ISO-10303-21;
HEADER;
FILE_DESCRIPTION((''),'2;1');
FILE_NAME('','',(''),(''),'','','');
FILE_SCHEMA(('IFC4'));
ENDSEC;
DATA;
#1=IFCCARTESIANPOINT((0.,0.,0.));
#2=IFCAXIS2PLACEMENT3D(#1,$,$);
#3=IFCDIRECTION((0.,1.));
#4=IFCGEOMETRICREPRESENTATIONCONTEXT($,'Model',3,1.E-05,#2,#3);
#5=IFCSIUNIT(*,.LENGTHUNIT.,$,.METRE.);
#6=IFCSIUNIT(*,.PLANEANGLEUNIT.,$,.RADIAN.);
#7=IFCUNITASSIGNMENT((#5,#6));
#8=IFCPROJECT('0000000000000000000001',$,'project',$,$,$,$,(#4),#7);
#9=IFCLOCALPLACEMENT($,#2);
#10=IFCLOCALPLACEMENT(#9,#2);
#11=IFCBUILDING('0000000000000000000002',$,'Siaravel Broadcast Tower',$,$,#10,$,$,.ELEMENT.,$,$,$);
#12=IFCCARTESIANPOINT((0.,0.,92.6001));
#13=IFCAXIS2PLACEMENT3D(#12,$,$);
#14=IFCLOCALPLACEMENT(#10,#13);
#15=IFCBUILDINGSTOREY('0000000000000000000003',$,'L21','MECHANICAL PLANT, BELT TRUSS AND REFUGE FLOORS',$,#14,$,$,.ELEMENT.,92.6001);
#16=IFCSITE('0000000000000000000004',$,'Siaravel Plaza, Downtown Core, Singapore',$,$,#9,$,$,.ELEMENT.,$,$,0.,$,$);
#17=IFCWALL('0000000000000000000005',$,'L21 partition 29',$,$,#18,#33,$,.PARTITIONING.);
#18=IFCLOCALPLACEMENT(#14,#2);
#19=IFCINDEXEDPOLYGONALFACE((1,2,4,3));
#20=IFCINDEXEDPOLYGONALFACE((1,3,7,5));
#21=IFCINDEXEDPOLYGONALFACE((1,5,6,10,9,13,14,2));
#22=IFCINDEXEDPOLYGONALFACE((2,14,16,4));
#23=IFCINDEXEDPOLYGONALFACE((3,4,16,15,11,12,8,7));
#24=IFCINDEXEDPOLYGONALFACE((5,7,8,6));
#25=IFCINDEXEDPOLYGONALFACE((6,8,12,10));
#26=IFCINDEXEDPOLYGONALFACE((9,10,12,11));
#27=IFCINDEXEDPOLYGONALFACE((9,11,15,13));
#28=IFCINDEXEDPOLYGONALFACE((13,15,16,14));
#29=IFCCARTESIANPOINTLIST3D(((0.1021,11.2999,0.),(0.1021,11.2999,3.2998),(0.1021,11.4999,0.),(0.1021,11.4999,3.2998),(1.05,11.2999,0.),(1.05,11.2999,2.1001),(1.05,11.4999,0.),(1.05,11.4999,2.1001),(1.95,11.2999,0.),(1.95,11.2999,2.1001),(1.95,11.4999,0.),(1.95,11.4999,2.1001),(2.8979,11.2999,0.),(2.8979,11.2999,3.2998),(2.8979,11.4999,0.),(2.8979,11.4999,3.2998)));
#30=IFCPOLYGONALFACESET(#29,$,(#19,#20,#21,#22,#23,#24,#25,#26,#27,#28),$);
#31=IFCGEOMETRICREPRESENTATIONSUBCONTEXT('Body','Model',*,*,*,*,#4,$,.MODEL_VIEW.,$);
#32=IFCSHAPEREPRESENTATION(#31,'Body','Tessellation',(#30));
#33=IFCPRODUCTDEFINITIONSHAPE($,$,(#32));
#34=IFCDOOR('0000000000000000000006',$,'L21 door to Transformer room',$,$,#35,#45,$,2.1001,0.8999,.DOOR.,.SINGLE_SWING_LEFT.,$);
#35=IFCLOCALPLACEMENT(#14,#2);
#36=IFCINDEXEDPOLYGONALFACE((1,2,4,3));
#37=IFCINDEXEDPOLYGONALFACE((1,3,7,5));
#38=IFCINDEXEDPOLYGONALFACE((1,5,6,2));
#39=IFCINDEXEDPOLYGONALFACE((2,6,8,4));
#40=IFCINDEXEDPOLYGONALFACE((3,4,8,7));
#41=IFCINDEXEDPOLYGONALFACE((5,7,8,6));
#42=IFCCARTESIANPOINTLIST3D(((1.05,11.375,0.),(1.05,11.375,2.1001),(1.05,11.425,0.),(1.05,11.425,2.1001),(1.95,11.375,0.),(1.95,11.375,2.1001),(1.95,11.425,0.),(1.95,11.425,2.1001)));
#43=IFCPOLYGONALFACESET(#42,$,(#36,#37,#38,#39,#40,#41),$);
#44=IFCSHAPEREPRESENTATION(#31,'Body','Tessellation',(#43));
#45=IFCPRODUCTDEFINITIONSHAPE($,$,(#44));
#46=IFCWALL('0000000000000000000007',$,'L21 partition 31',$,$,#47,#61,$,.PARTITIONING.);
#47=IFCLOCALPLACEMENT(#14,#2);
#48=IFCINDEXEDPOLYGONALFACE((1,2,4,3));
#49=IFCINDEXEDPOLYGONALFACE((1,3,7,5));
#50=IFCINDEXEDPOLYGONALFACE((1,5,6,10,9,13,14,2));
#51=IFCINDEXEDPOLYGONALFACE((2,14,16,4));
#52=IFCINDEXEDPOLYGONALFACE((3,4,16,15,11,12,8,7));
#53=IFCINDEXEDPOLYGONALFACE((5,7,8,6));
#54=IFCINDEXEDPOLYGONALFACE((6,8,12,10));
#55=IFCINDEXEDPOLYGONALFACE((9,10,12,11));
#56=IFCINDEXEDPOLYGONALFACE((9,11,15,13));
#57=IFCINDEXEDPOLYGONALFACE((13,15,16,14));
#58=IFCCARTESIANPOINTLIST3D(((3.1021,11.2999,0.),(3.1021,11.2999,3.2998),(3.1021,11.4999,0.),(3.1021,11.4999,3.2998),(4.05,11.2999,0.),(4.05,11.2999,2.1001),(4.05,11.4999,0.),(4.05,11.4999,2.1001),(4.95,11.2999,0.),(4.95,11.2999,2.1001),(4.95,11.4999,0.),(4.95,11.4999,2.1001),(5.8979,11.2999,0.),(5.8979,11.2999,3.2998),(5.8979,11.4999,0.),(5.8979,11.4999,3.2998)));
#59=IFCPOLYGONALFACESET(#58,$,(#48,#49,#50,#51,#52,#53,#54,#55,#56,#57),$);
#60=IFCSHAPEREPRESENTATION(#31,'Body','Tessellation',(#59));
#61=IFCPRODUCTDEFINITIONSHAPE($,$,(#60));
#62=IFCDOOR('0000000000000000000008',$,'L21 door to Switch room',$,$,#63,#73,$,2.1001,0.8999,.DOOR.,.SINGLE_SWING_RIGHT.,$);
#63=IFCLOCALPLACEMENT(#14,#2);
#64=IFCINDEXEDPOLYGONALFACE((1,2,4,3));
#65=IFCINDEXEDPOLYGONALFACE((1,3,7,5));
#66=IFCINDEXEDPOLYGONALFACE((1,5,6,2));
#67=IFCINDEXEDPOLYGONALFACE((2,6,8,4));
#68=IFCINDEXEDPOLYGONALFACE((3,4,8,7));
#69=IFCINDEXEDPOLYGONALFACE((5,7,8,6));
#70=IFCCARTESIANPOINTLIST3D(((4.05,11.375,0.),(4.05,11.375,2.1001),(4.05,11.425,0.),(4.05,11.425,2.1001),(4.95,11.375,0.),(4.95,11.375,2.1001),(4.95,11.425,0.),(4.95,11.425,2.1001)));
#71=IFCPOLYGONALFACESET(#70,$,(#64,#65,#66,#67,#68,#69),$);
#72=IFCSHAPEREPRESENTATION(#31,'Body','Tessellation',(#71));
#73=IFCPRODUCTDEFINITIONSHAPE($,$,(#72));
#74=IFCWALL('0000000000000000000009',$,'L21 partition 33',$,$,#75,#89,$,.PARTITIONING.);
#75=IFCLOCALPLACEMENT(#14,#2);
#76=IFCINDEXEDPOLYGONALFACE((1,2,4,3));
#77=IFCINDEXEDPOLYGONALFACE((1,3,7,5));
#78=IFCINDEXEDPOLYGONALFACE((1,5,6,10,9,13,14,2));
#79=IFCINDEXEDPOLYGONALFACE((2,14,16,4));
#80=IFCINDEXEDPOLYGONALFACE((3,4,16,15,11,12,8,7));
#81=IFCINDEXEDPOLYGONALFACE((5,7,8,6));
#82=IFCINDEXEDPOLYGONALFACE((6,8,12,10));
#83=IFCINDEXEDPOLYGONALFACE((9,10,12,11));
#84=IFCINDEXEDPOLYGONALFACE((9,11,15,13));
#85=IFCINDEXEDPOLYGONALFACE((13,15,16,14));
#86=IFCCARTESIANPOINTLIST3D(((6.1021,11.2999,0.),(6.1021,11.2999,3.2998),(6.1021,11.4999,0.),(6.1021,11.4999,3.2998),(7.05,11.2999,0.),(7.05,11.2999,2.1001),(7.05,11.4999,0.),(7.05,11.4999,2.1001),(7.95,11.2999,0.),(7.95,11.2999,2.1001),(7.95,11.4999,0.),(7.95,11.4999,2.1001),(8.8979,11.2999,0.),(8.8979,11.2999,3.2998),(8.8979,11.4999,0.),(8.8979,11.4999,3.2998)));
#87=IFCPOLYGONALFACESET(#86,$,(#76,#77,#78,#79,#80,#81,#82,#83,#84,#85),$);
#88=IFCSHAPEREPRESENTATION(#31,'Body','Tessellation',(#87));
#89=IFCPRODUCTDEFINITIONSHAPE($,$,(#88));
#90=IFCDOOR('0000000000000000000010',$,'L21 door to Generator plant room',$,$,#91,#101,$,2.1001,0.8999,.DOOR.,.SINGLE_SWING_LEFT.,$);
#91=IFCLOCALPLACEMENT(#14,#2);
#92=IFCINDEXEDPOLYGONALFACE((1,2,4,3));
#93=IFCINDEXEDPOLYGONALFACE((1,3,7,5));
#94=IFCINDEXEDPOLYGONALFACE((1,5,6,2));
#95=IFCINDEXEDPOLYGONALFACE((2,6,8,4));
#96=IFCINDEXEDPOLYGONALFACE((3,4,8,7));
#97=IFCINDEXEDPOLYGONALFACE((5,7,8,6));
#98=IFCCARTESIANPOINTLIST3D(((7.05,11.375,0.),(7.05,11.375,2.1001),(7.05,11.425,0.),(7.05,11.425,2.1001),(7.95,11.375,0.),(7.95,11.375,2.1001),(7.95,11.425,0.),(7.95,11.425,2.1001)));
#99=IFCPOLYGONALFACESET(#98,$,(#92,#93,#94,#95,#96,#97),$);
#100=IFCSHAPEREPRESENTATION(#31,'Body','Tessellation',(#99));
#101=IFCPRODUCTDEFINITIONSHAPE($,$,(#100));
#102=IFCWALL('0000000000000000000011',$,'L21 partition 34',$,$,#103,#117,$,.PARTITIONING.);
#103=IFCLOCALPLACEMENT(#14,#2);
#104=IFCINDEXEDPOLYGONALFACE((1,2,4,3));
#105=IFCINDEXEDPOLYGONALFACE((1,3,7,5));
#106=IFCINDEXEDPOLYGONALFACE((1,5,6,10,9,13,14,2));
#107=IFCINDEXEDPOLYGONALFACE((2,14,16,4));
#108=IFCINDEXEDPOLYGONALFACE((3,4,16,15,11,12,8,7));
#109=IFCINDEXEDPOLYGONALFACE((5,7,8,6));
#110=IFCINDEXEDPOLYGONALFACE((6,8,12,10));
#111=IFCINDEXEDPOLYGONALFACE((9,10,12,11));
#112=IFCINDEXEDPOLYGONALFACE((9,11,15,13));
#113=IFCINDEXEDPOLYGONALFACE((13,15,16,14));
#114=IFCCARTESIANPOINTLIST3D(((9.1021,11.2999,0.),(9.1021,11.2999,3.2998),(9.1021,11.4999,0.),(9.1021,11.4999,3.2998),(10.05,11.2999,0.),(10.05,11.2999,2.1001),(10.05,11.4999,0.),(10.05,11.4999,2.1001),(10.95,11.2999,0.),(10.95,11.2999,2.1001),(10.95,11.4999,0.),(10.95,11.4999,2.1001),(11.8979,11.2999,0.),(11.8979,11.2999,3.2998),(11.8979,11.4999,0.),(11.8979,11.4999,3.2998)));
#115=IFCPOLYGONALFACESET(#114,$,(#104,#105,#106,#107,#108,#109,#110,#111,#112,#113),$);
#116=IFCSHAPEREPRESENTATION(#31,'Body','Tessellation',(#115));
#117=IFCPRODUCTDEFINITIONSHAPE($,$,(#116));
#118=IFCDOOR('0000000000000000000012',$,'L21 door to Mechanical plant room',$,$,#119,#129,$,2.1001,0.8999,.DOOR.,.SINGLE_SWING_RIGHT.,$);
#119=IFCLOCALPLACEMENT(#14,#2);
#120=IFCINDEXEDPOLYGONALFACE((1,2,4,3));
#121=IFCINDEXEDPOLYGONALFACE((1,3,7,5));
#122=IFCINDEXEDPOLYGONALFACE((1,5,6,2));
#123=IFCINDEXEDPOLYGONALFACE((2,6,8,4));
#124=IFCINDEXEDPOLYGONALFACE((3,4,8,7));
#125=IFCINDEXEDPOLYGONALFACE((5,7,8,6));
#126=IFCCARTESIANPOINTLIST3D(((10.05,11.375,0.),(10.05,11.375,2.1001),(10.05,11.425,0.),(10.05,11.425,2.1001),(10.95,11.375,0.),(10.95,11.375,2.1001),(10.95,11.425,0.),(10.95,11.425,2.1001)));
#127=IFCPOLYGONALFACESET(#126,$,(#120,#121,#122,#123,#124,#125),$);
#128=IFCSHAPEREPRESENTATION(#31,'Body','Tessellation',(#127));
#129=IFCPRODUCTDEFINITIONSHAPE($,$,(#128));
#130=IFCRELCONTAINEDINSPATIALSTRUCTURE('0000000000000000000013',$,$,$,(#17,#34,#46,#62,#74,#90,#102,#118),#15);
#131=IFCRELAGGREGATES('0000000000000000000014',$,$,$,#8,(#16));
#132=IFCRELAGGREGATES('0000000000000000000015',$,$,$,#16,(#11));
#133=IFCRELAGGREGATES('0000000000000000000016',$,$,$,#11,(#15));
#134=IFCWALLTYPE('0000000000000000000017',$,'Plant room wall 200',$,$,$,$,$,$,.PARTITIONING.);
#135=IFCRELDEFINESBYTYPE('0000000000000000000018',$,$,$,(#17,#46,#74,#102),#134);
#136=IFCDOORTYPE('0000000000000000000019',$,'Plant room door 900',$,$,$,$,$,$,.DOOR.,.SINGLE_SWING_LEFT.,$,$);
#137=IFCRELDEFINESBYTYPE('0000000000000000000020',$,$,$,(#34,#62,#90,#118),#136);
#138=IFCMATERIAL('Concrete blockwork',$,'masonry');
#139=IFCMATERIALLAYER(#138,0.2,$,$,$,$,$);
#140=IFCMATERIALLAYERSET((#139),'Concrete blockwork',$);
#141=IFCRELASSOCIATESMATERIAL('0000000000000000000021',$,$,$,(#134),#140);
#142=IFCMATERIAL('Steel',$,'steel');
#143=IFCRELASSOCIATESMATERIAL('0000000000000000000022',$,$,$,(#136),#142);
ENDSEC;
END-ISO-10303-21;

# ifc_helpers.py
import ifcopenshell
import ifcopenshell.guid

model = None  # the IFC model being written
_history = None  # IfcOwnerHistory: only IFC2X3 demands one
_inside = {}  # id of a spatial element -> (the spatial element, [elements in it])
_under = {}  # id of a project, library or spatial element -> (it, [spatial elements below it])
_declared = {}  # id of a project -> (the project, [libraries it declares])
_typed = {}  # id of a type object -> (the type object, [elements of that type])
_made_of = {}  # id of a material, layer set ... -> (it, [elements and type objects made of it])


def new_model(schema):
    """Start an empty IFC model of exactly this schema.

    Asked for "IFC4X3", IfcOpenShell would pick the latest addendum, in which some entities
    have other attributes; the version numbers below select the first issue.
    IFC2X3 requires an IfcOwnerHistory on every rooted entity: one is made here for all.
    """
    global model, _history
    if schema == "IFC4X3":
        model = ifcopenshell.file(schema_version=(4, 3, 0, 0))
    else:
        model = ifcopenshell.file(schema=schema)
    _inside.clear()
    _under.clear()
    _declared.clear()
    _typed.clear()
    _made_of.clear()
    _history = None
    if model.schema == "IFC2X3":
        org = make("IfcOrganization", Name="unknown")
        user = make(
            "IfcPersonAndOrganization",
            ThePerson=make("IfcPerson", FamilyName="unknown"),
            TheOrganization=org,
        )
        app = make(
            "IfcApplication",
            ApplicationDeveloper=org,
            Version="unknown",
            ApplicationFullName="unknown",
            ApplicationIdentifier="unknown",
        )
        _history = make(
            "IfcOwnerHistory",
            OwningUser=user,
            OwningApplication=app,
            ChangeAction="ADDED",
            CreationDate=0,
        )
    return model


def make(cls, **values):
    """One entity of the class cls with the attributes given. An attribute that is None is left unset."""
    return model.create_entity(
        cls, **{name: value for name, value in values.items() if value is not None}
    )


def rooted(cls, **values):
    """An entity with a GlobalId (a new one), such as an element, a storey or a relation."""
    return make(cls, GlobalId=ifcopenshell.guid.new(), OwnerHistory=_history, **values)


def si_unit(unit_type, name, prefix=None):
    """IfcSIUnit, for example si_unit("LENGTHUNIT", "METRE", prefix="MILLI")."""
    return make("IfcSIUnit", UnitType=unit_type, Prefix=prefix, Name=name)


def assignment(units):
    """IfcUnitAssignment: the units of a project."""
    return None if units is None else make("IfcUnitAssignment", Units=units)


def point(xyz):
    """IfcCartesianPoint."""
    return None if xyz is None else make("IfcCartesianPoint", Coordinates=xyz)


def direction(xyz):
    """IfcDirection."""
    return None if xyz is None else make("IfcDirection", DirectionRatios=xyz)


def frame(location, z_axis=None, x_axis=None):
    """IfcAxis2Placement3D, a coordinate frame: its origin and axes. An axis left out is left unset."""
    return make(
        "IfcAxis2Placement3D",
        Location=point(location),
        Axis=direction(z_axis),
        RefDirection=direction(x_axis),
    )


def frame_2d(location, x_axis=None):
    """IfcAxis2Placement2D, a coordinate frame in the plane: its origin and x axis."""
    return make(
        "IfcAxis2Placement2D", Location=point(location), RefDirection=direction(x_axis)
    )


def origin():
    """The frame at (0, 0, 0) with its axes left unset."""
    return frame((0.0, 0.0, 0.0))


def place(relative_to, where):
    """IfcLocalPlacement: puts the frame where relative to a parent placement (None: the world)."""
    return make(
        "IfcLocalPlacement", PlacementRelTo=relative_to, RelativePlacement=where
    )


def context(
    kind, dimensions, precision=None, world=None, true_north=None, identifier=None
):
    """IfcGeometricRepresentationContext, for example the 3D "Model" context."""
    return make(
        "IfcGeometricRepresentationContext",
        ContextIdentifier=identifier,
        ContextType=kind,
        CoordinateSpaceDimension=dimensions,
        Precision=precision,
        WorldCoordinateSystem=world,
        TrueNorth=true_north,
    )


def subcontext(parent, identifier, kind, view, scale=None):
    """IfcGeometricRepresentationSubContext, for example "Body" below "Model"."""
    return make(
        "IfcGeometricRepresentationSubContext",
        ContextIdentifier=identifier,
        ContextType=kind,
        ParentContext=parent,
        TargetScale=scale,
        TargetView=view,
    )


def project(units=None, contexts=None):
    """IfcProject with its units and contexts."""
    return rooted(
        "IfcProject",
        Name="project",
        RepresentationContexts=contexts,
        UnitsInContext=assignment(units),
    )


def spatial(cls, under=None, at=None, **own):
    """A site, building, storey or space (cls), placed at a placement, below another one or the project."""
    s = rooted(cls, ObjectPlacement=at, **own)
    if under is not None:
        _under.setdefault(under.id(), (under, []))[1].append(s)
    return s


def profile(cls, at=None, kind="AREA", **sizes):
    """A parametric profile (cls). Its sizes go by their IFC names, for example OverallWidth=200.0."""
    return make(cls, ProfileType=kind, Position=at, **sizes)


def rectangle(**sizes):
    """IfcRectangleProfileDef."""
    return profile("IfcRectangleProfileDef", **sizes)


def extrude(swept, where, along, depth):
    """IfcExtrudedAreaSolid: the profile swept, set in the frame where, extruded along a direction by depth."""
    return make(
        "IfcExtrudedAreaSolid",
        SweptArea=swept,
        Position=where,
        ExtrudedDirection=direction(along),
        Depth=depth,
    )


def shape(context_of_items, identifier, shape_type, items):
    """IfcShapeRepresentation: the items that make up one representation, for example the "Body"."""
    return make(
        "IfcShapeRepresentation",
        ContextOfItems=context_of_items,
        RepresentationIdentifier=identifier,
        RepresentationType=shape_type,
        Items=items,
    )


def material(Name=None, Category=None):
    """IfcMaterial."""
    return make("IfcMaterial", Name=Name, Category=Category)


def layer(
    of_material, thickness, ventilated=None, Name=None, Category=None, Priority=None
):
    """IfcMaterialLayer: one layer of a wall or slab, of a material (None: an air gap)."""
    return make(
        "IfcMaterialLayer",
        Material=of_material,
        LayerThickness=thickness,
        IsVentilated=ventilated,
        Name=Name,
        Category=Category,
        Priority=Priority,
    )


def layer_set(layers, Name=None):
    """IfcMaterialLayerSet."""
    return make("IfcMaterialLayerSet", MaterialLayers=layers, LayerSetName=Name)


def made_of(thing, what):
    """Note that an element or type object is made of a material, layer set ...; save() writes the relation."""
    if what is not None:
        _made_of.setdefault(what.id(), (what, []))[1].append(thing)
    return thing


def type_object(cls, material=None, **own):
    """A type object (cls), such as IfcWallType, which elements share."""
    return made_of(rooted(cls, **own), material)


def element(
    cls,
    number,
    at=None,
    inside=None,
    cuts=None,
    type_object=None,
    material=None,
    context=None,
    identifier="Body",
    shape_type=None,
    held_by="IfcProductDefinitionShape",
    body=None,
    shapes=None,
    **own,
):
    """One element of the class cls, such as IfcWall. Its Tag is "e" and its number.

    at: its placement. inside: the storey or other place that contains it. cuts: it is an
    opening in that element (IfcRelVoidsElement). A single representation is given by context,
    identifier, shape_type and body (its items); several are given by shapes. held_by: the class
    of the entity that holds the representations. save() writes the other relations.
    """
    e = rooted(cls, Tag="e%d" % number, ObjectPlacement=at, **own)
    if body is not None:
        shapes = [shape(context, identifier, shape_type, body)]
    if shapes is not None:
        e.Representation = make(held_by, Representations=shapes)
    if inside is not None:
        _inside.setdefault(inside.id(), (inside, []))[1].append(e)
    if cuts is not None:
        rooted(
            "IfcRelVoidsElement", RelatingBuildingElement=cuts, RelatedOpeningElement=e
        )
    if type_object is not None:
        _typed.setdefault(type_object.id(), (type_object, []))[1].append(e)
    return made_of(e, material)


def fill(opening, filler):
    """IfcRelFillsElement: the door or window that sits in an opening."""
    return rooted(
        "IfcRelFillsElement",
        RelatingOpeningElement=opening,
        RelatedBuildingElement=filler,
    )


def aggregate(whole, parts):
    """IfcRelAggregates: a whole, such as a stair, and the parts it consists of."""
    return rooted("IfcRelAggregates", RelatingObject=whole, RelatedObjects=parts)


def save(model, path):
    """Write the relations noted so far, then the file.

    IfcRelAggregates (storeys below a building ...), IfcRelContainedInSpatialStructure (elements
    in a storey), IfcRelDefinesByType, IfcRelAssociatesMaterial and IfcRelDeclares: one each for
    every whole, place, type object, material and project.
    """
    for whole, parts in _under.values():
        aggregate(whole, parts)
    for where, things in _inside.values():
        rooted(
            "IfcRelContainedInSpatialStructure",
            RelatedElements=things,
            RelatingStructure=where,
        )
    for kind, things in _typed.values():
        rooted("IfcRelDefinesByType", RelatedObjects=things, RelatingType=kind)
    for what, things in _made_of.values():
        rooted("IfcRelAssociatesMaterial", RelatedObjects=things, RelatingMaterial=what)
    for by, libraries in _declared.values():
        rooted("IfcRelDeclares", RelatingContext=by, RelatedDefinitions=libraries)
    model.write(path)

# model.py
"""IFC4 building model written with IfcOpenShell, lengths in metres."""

from ifc_helpers import new_model, si_unit, direction, frame, frame_2d, origin, place, context, subcontext, project, spatial, rectangle, extrude, material, layer, layer_set, type_object, element, fill, save


model = new_model("IFC4")

# Units and contexts
model_context = context("Model", 3, precision=1e-05, world=origin(), true_north=direction((0.0, 1.0)))
body_context = subcontext(model_context, "Body", "Model", "MODEL_VIEW")
ifc_project = project(units=[si_unit("LENGTHUNIT", "METRE"), si_unit("PLANEANGLEUNIT", "RADIAN")], contexts=[model_context])

# Site, building, storey
site_placement = place(None, origin())
site = spatial("IfcSite", under=ifc_project, at=site_placement, Name="Siaravel Plaza, Downtown Core, Singapore", CompositionType="ELEMENT", RefElevation=0.0)
building_placement = place(site_placement, origin())
building = spatial("IfcBuilding", under=site, at=building_placement, Name="Siaravel Broadcast Tower", CompositionType="ELEMENT")
storey_placement = place(building_placement, frame((0.0, 0.0, 92.6001)))
storey = spatial("IfcBuildingStorey", under=building, at=storey_placement, Name="L21", Description="MECHANICAL PLANT, BELT TRUSS AND REFUGE FLOORS", CompositionType="ELEMENT", Elevation=92.6001)

# Shared definitions
ifc_material_1 = material(Name="Concrete blockwork", Category="masonry")
ifc_layer_1 = layer(ifc_material_1, 0.2)
ifc_layer_set_1 = layer_set([ifc_layer_1], Name="Concrete blockwork")
wall_type_1 = type_object("IfcWallType", Name="Plant room wall 200", PredefinedType="PARTITIONING", material=ifc_layer_set_1)

# Walls, openings, doors
wall_1_placement = place(storey_placement, frame((2.8979, 11.3999, 0.0), z_axis=(0.0, 0.0, 1.0), x_axis=(-1.0, 0.0, 0.0)))
wall_1 = element("IfcWall", 1, at=wall_1_placement, inside=storey, type_object=wall_type_1, Name="L21 partition 29", PredefinedType="PARTITIONING", context=body_context, shape_type="SweptSolid", body=[
    extrude(rectangle(XDim=2.7959, YDim=0.2, at=frame_2d((1.3979, 0.0))), origin(), (0.0, 0.0, 1.0), 3.2998),
])
opening_1_placement = place(wall_1_placement, frame((0.948, 0.0, 0.0)))
opening_1 = element("IfcOpeningElement", 2, at=opening_1_placement, cuts=wall_1, PredefinedType="OPENING", context=body_context, shape_type="SweptSolid", body=[
    extrude(rectangle(XDim=0.8999, YDim=2.1001, at=frame_2d((0.45, 1.05))), frame((0.0, 0.1099, 0.0), z_axis=(0.0, -1.0, 0.0), x_axis=(1.0, 0.0, 0.0)), (0.0, 0.0, 1.0), 0.22),
])
ifc_material_2 = material(Name="Steel", Category="steel")
door_type_1 = type_object("IfcDoorType", Name="Plant room door 900", OperationType="SINGLE_SWING_LEFT", PredefinedType="DOOR", material=ifc_material_2)
door_1_placement = place(opening_1_placement, origin())
door_1 = element("IfcDoor", 3, at=door_1_placement, inside=storey, type_object=door_type_1, Name="L21 door to Transformer room", OperationType="SINGLE_SWING_LEFT", OverallHeight=2.1001, OverallWidth=0.8999, PredefinedType="DOOR", context=body_context, shape_type="SweptSolid", body=[
    extrude(rectangle(XDim=0.8999, YDim=2.1001, at=frame_2d((0.45, 1.05))), frame((0.0, 0.0249, 0.0), z_axis=(0.0, -1.0, 0.0), x_axis=(1.0, 0.0, 0.0)), (0.0, 0.0, 1.0), 0.05),
])
fill(opening_1, door_1)
wall_2_placement = place(storey_placement, frame((5.8979, 11.3999, 0.0), z_axis=(0.0, 0.0, 1.0), x_axis=(-1.0, 0.0, 0.0)))
wall_2 = element("IfcWall", 4, at=wall_2_placement, inside=storey, type_object=wall_type_1, Name="L21 partition 31", PredefinedType="PARTITIONING", context=body_context, shape_type="SweptSolid", body=[
    extrude(rectangle(XDim=2.7959, YDim=0.2, at=frame_2d((1.3979, 0.0))), origin(), (0.0, 0.0, 1.0), 3.2998),
])
opening_2_placement = place(wall_2_placement, frame((0.948, 0.0, 0.0)))
opening_2 = element("IfcOpeningElement", 5, at=opening_2_placement, cuts=wall_2, PredefinedType="OPENING", context=body_context, shape_type="SweptSolid", body=[
    extrude(rectangle(XDim=0.8999, YDim=2.1001, at=frame_2d((0.45, 1.05))), frame((0.0, 0.1099, 0.0), z_axis=(0.0, -1.0, 0.0), x_axis=(1.0, 0.0, 0.0)), (0.0, 0.0, 1.0), 0.22),
])
door_2_placement = place(opening_2_placement, origin())
door_2 = element("IfcDoor", 6, at=door_2_placement, inside=storey, type_object=door_type_1, Name="L21 door to Switch room", OperationType="SINGLE_SWING_RIGHT", OverallHeight=2.1001, OverallWidth=0.8999, PredefinedType="DOOR", context=body_context, shape_type="SweptSolid", body=[
    extrude(rectangle(XDim=0.8999, YDim=2.1001, at=frame_2d((0.45, 1.05))), frame((0.0, 0.0249, 0.0), z_axis=(0.0, -1.0, 0.0), x_axis=(1.0, 0.0, 0.0)), (0.0, 0.0, 1.0), 0.05),
])
fill(opening_2, door_2)
wall_3_placement = place(storey_placement, frame((8.8979, 11.3999, 0.0), z_axis=(0.0, 0.0, 1.0), x_axis=(-1.0, 0.0, 0.0)))
wall_3 = element("IfcWall", 7, at=wall_3_placement, inside=storey, type_object=wall_type_1, Name="L21 partition 33", PredefinedType="PARTITIONING", context=body_context, shape_type="SweptSolid", body=[
    extrude(rectangle(XDim=2.7959, YDim=0.2, at=frame_2d((1.3979, 0.0))), origin(), (0.0, 0.0, 1.0), 3.2998),
])
opening_3_placement = place(wall_3_placement, frame((0.948, 0.0, 0.0)))
opening_3 = element("IfcOpeningElement", 8, at=opening_3_placement, cuts=wall_3, PredefinedType="OPENING", context=body_context, shape_type="SweptSolid", body=[
    extrude(rectangle(XDim=0.8999, YDim=2.1001, at=frame_2d((0.45, 1.05))), frame((0.0, 0.1099, 0.0), z_axis=(0.0, -1.0, 0.0), x_axis=(1.0, 0.0, 0.0)), (0.0, 0.0, 1.0), 0.22),
])
door_3_placement = place(opening_3_placement, origin())
door_3 = element("IfcDoor", 9, at=door_3_placement, inside=storey, type_object=door_type_1, Name="L21 door to Generator plant room", OperationType="SINGLE_SWING_LEFT", OverallHeight=2.1001, OverallWidth=0.8999, PredefinedType="DOOR", context=body_context, shape_type="SweptSolid", body=[
    extrude(rectangle(XDim=0.8999, YDim=2.1001, at=frame_2d((0.45, 1.05))), frame((0.0, 0.0249, 0.0), z_axis=(0.0, -1.0, 0.0), x_axis=(1.0, 0.0, 0.0)), (0.0, 0.0, 1.0), 0.05),
])
fill(opening_3, door_3)
wall_4_placement = place(storey_placement, frame((11.8979, 11.3999, 0.0), z_axis=(0.0, 0.0, 1.0), x_axis=(-1.0, 0.0, 0.0)))
wall_4 = element("IfcWall", 10, at=wall_4_placement, inside=storey, type_object=wall_type_1, Name="L21 partition 34", PredefinedType="PARTITIONING", context=body_context, shape_type="SweptSolid", body=[
    extrude(rectangle(XDim=2.7959, YDim=0.2, at=frame_2d((1.3979, 0.0))), origin(), (0.0, 0.0, 1.0), 3.2998),
])
opening_4_placement = place(wall_4_placement, frame((0.948, 0.0, 0.0)))
opening_4 = element("IfcOpeningElement", 11, at=opening_4_placement, cuts=wall_4, PredefinedType="OPENING", context=body_context, shape_type="SweptSolid", body=[
    extrude(rectangle(XDim=0.8999, YDim=2.1001, at=frame_2d((0.45, 1.05))), frame((0.0, 0.1099, 0.0), z_axis=(0.0, -1.0, 0.0), x_axis=(1.0, 0.0, 0.0)), (0.0, 0.0, 1.0), 0.22),
])
door_4_placement = place(opening_4_placement, origin())
door_4 = element("IfcDoor", 12, at=door_4_placement, inside=storey, type_object=door_type_1, Name="L21 door to Mechanical plant room", OperationType="SINGLE_SWING_RIGHT", OverallHeight=2.1001, OverallWidth=0.8999, PredefinedType="DOOR", context=body_context, shape_type="SweptSolid", body=[
    extrude(rectangle(XDim=0.8999, YDim=2.1001, at=frame_2d((0.45, 1.05))), frame((0.0, 0.0249, 0.0), z_axis=(0.0, -1.0, 0.0), x_axis=(1.0, 0.0, 0.0)), (0.0, 0.0, 1.0), 0.05),
])
fill(opening_4, door_4)

save(model, "model.ifc")
